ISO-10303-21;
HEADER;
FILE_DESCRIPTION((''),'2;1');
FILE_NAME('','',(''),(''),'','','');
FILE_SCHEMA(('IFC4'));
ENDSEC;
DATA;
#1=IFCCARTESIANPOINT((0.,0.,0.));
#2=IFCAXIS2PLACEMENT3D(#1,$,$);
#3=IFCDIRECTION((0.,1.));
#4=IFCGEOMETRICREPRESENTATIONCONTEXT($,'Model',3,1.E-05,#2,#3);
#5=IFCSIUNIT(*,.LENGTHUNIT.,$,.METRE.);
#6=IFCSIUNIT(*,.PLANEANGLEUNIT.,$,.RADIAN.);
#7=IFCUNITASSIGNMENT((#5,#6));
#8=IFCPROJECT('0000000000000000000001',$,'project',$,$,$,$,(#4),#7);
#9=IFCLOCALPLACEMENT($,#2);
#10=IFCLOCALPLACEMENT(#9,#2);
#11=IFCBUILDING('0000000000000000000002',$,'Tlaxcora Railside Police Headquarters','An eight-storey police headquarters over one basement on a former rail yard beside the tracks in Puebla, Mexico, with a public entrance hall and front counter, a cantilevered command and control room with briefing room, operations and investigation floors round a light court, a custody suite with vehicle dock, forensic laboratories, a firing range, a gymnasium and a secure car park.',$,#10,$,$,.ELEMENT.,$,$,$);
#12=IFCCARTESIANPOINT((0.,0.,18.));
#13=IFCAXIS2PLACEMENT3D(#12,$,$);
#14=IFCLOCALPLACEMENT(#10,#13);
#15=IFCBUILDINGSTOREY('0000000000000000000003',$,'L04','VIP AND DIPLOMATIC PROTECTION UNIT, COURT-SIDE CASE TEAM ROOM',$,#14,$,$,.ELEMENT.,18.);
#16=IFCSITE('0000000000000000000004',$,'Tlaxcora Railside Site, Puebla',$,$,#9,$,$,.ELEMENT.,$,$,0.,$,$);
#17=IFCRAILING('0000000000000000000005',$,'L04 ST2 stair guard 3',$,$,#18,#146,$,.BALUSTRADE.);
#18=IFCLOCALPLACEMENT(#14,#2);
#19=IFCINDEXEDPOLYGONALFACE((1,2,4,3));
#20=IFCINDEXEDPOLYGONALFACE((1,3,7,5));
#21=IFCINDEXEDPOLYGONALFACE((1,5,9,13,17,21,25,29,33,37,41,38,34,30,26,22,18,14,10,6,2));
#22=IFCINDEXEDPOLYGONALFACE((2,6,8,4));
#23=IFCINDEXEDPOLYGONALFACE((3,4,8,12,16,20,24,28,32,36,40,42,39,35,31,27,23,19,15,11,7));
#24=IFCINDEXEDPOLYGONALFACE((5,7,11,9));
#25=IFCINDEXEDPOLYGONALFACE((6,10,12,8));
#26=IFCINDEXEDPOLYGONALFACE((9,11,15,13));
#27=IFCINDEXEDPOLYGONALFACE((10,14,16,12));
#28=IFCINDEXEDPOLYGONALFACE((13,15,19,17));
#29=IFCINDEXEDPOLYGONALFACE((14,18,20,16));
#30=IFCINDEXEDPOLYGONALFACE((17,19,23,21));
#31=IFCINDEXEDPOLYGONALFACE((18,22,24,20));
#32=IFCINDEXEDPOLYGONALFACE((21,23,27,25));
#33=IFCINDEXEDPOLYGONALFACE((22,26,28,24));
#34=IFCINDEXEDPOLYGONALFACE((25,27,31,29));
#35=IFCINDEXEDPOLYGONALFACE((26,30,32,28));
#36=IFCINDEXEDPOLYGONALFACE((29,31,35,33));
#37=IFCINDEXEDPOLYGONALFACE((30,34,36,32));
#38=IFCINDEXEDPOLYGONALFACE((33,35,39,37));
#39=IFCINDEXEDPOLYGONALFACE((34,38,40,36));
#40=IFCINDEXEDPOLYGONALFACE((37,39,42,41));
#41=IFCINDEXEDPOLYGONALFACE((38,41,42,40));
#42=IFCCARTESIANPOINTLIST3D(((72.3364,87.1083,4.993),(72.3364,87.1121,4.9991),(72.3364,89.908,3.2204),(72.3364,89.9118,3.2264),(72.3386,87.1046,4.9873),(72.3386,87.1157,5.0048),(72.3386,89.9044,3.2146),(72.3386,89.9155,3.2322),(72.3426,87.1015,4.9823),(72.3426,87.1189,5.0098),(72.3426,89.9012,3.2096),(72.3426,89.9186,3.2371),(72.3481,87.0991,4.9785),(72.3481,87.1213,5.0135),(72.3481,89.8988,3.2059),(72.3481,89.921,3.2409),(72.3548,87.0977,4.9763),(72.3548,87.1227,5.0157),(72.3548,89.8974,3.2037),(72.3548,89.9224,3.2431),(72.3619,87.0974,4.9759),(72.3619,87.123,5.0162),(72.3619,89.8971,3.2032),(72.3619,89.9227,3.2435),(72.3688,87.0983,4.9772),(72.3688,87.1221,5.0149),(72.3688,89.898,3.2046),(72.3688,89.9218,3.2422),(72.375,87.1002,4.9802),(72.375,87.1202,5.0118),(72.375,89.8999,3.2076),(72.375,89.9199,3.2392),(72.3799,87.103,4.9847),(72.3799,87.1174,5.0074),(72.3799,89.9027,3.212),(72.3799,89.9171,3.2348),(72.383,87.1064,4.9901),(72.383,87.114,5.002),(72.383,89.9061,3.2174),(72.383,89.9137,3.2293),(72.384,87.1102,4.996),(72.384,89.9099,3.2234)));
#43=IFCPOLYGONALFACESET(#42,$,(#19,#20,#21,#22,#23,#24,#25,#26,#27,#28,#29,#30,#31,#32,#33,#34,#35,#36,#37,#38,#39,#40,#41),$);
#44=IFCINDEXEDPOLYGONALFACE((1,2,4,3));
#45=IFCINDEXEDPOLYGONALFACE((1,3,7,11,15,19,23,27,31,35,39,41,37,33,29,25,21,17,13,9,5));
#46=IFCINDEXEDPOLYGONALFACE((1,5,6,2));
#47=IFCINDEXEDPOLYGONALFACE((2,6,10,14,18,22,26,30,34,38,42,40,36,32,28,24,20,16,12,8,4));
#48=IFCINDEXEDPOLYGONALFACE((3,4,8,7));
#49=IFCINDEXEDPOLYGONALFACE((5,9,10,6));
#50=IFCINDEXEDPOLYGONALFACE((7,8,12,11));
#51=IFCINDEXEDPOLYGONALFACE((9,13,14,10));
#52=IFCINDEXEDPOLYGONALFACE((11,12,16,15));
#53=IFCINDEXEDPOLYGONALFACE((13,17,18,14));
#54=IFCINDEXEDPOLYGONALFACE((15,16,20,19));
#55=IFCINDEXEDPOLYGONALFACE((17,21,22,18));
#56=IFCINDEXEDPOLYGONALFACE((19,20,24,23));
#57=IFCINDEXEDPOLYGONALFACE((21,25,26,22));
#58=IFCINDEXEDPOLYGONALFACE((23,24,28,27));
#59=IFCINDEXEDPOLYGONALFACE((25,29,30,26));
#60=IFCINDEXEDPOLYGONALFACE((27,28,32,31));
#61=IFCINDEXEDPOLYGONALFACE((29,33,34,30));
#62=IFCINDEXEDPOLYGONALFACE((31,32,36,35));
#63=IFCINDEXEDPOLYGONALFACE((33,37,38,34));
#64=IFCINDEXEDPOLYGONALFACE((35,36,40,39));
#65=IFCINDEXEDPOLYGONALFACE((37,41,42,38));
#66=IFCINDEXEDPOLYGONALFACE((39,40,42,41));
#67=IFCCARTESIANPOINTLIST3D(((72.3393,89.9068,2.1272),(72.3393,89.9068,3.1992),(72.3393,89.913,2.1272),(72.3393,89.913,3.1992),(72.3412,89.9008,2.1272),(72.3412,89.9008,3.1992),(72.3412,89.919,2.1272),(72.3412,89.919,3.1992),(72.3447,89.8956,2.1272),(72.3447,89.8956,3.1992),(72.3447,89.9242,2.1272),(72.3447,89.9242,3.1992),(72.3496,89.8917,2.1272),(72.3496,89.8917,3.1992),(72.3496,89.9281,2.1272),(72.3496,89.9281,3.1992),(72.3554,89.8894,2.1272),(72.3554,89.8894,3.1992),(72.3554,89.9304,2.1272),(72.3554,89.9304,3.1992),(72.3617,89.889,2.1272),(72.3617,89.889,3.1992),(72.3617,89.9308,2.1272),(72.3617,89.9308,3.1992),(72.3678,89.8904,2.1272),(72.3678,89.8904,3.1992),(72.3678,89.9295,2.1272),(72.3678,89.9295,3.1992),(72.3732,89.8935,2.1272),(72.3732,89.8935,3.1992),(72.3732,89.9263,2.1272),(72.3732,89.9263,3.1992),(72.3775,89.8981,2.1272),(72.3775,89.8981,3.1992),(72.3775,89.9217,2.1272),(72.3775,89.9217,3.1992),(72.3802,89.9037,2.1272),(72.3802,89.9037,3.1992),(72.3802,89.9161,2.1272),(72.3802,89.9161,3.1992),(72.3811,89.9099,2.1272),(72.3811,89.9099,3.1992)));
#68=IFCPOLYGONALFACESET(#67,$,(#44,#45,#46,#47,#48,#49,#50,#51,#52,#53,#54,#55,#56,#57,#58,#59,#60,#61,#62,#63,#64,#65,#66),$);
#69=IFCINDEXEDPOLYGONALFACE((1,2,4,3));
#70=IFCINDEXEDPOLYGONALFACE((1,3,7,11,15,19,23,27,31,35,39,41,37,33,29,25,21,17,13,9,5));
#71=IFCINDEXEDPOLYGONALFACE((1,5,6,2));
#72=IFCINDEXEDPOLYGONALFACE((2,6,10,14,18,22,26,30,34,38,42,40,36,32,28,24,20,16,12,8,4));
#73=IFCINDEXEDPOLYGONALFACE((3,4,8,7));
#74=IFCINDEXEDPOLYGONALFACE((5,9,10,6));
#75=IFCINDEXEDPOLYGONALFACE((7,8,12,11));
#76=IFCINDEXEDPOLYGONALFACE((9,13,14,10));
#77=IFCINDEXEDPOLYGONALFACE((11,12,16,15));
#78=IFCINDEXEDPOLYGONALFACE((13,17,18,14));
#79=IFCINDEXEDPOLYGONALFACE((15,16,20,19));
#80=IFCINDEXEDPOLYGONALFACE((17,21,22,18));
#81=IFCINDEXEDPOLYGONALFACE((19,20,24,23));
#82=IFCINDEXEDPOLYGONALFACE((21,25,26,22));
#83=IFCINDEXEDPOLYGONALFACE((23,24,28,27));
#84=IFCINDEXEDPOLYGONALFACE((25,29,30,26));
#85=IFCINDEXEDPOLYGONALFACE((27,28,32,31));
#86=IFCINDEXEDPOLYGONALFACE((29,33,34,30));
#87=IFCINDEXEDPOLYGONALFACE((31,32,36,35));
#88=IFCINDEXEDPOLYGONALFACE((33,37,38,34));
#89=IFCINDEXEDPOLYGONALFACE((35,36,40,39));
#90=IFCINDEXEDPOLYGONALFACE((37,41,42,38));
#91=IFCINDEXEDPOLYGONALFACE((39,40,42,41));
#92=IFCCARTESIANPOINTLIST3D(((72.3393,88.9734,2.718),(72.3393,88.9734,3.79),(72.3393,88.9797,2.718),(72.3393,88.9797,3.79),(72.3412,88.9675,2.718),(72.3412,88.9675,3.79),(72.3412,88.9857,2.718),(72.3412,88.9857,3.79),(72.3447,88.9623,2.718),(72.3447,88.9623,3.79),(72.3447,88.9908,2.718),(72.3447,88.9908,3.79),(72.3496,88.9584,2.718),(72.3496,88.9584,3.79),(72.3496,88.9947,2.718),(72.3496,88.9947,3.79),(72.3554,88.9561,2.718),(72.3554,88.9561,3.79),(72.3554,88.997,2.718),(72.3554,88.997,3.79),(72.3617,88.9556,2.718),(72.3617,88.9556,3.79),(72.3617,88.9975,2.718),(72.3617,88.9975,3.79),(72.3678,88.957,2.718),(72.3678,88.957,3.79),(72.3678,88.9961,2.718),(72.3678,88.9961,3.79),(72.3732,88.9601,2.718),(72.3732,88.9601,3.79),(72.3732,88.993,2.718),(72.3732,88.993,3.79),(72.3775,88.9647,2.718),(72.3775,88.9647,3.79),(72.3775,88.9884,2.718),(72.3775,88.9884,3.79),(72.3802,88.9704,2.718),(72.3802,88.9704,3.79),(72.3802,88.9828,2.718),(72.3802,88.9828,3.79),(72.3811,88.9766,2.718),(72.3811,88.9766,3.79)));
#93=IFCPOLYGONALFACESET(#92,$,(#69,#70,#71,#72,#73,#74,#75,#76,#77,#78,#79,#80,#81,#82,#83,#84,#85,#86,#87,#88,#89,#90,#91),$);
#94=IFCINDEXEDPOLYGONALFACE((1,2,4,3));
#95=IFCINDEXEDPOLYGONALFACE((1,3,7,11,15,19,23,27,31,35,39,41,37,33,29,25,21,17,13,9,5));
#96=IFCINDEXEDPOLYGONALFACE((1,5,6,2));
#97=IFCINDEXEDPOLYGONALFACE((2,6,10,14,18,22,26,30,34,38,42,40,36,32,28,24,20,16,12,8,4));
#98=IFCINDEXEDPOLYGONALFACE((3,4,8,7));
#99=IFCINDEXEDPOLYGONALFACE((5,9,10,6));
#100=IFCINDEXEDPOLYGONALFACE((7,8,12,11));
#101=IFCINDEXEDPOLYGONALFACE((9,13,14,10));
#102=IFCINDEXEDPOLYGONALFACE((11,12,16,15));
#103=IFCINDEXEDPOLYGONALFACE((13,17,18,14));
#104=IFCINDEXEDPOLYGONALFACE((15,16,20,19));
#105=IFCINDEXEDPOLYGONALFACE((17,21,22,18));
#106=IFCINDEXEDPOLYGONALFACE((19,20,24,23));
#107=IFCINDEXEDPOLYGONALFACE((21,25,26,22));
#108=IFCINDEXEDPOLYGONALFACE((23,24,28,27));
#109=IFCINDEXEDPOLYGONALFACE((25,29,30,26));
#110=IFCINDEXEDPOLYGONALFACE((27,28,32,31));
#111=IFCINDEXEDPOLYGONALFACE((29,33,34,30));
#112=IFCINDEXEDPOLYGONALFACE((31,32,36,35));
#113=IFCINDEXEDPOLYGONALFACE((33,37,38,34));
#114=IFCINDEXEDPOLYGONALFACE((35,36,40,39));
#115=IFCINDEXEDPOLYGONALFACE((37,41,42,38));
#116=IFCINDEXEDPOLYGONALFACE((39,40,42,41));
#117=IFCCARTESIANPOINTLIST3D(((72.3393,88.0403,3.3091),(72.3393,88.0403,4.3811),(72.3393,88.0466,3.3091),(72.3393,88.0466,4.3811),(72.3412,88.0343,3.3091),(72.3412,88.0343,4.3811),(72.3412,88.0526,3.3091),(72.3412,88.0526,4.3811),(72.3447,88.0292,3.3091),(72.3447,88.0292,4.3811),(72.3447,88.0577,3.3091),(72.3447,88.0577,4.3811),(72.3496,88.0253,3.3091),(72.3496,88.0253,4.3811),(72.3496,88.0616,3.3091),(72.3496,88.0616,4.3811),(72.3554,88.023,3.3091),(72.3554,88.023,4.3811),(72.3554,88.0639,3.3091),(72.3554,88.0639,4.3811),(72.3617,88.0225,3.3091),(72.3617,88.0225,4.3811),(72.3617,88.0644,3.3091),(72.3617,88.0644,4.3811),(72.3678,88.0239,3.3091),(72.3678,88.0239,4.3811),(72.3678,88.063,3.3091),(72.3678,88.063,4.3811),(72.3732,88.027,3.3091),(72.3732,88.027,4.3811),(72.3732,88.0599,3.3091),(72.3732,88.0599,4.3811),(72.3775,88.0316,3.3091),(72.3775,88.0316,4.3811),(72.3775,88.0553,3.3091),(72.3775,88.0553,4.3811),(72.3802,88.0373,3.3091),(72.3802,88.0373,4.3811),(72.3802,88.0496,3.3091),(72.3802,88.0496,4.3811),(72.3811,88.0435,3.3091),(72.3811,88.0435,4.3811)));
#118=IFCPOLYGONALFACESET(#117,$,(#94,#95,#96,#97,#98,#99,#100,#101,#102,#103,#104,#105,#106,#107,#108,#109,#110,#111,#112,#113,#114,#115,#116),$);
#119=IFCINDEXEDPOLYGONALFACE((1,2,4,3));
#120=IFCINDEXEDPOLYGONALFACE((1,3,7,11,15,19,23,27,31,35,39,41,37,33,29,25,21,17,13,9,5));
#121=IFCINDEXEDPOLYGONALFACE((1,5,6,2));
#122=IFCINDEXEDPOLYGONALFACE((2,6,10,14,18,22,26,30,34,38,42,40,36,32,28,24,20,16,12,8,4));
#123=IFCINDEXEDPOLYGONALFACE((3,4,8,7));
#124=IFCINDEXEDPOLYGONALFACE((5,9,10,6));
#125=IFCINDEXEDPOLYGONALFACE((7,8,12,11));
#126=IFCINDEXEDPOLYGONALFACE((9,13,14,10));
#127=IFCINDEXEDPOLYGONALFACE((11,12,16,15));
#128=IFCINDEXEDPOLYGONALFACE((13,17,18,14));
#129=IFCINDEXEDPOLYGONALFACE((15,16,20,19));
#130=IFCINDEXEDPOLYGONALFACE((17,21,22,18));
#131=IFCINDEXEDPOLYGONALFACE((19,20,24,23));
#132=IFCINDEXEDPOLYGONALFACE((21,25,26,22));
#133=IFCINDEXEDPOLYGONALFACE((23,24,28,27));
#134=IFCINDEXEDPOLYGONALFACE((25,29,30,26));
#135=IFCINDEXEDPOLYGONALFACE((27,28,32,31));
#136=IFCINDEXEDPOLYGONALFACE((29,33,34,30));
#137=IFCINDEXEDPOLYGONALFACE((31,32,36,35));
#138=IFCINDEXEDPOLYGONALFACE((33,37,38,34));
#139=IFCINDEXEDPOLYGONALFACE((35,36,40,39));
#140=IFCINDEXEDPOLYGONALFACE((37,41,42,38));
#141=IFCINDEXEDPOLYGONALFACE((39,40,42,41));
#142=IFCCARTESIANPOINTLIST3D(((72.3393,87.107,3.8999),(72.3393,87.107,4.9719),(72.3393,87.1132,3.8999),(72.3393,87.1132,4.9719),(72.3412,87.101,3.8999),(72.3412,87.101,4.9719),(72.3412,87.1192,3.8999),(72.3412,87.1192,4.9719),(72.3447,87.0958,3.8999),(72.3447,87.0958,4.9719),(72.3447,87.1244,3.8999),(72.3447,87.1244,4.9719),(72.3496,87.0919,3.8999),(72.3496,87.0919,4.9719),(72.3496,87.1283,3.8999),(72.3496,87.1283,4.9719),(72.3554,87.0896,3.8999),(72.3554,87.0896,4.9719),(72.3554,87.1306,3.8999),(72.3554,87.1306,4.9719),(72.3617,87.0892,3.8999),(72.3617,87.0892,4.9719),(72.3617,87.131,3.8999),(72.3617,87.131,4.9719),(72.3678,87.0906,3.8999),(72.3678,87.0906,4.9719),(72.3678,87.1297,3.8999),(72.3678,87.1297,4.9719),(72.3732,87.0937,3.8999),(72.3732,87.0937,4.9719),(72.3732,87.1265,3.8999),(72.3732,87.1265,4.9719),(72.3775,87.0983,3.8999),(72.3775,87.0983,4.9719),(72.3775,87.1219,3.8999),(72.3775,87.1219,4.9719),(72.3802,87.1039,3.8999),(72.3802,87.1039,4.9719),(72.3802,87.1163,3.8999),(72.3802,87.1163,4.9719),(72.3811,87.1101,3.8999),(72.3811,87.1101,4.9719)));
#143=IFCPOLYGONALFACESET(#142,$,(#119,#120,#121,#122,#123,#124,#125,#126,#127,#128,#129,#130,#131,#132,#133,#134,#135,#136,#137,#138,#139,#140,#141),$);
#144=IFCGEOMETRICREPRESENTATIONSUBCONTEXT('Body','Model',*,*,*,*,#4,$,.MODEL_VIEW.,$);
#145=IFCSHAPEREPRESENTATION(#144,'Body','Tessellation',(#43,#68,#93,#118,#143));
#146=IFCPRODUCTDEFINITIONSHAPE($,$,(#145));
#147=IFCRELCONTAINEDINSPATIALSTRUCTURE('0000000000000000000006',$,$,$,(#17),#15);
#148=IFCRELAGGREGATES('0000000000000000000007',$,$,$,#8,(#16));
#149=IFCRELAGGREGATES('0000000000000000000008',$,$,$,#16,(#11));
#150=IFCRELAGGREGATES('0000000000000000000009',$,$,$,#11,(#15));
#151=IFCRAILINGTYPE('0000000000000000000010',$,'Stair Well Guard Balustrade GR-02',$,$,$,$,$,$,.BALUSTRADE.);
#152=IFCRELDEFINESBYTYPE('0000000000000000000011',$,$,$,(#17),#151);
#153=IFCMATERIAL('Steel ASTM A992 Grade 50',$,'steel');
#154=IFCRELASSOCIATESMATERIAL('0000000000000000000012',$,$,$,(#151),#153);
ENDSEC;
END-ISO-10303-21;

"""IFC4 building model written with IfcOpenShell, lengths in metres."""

from ifc_helpers import new_model, si_unit, direction, frame, origin, origin_2d, place, context, subcontext, project, spatial, circle, extrude, material, type_object, element, save


model = new_model("IFC4")

# Units and contexts
model_context = context("Model", 3, precision=1e-05, world=origin(), true_north=direction((0.0, 1.0)))
body_context = subcontext(model_context, "Body", "Model", "MODEL_VIEW")
ifc_project = project(units=[si_unit("LENGTHUNIT", "METRE"), si_unit("PLANEANGLEUNIT", "RADIAN")], contexts=[model_context])

# Site, building, storey
site_placement = place(None, origin())
site = spatial("IfcSite", under=ifc_project, at=site_placement, Name="Tlaxcora Railside Site, Puebla", CompositionType="ELEMENT", RefElevation=0.0)
building_placement = place(site_placement, origin())
building = spatial("IfcBuilding", under=site, at=building_placement, Name="Tlaxcora Railside Police Headquarters", Description="An eight-storey police headquarters over one basement on a former rail yard beside the tracks in Puebla, Mexico, with a public entrance hall and front counter, a cantilevered command and control room with briefing room, operations and investigation floors round a light court, a custody suite with vehicle dock, forensic laboratories, a firing range, a gymnasium and a secure car park.", CompositionType="ELEMENT")
storey_placement = place(building_placement, frame((0.0, 0.0, 18.0)))
storey = spatial("IfcBuildingStorey", under=building, at=storey_placement, Name="L04", Description="VIP AND DIPLOMATIC PROTECTION UNIT, COURT-SIDE CASE TEAM ROOM", CompositionType="ELEMENT", Elevation=18.0)

# Shared definitions
ifc_material_1 = material(Name="Steel ASTM A992 Grade 50", Category="steel")

# Railing
railing_type_1 = type_object("IfcRailingType", Name="Stair Well Guard Balustrade GR-02", PredefinedType="BALUSTRADE", material=ifc_material_1)
railing_1_placement = place(storey_placement, frame((72.3601, 89.9099, 2.1272)))
element("IfcRailing", 1, at=railing_1_placement, inside=storey, type_object=railing_type_1, Name="L04 ST2 stair guard 3", PredefinedType="BALUSTRADE", context=body_context, shape_type="SweptSolid", body=[
    extrude(circle(Radius=0.0239, at=origin_2d()), frame((0.0, 0.0, 1.0962), z_axis=(0.0, -0.844888, 0.534943), x_axis=(1.0, 0.0, 0.0)), (0.0, 0.0, 1.0), 3.3137),
    extrude(circle(Radius=0.021, at=origin_2d()), origin(), (0.0, 0.0, 1.0), 1.072),
    extrude(circle(Radius=0.021, at=origin_2d()), frame((0.0, -0.9333, 0.5908)), (0.0, 0.0, 1.0), 1.072),
    extrude(circle(Radius=0.021, at=origin_2d()), frame((0.0, -1.8665, 1.1819)), (0.0, 0.0, 1.0), 1.072),
    extrude(circle(Radius=0.021, at=origin_2d()), frame((0.0, -2.7998, 1.7727)), (0.0, 0.0, 1.0), 1.072),
])

save(model, "model.ifc")
